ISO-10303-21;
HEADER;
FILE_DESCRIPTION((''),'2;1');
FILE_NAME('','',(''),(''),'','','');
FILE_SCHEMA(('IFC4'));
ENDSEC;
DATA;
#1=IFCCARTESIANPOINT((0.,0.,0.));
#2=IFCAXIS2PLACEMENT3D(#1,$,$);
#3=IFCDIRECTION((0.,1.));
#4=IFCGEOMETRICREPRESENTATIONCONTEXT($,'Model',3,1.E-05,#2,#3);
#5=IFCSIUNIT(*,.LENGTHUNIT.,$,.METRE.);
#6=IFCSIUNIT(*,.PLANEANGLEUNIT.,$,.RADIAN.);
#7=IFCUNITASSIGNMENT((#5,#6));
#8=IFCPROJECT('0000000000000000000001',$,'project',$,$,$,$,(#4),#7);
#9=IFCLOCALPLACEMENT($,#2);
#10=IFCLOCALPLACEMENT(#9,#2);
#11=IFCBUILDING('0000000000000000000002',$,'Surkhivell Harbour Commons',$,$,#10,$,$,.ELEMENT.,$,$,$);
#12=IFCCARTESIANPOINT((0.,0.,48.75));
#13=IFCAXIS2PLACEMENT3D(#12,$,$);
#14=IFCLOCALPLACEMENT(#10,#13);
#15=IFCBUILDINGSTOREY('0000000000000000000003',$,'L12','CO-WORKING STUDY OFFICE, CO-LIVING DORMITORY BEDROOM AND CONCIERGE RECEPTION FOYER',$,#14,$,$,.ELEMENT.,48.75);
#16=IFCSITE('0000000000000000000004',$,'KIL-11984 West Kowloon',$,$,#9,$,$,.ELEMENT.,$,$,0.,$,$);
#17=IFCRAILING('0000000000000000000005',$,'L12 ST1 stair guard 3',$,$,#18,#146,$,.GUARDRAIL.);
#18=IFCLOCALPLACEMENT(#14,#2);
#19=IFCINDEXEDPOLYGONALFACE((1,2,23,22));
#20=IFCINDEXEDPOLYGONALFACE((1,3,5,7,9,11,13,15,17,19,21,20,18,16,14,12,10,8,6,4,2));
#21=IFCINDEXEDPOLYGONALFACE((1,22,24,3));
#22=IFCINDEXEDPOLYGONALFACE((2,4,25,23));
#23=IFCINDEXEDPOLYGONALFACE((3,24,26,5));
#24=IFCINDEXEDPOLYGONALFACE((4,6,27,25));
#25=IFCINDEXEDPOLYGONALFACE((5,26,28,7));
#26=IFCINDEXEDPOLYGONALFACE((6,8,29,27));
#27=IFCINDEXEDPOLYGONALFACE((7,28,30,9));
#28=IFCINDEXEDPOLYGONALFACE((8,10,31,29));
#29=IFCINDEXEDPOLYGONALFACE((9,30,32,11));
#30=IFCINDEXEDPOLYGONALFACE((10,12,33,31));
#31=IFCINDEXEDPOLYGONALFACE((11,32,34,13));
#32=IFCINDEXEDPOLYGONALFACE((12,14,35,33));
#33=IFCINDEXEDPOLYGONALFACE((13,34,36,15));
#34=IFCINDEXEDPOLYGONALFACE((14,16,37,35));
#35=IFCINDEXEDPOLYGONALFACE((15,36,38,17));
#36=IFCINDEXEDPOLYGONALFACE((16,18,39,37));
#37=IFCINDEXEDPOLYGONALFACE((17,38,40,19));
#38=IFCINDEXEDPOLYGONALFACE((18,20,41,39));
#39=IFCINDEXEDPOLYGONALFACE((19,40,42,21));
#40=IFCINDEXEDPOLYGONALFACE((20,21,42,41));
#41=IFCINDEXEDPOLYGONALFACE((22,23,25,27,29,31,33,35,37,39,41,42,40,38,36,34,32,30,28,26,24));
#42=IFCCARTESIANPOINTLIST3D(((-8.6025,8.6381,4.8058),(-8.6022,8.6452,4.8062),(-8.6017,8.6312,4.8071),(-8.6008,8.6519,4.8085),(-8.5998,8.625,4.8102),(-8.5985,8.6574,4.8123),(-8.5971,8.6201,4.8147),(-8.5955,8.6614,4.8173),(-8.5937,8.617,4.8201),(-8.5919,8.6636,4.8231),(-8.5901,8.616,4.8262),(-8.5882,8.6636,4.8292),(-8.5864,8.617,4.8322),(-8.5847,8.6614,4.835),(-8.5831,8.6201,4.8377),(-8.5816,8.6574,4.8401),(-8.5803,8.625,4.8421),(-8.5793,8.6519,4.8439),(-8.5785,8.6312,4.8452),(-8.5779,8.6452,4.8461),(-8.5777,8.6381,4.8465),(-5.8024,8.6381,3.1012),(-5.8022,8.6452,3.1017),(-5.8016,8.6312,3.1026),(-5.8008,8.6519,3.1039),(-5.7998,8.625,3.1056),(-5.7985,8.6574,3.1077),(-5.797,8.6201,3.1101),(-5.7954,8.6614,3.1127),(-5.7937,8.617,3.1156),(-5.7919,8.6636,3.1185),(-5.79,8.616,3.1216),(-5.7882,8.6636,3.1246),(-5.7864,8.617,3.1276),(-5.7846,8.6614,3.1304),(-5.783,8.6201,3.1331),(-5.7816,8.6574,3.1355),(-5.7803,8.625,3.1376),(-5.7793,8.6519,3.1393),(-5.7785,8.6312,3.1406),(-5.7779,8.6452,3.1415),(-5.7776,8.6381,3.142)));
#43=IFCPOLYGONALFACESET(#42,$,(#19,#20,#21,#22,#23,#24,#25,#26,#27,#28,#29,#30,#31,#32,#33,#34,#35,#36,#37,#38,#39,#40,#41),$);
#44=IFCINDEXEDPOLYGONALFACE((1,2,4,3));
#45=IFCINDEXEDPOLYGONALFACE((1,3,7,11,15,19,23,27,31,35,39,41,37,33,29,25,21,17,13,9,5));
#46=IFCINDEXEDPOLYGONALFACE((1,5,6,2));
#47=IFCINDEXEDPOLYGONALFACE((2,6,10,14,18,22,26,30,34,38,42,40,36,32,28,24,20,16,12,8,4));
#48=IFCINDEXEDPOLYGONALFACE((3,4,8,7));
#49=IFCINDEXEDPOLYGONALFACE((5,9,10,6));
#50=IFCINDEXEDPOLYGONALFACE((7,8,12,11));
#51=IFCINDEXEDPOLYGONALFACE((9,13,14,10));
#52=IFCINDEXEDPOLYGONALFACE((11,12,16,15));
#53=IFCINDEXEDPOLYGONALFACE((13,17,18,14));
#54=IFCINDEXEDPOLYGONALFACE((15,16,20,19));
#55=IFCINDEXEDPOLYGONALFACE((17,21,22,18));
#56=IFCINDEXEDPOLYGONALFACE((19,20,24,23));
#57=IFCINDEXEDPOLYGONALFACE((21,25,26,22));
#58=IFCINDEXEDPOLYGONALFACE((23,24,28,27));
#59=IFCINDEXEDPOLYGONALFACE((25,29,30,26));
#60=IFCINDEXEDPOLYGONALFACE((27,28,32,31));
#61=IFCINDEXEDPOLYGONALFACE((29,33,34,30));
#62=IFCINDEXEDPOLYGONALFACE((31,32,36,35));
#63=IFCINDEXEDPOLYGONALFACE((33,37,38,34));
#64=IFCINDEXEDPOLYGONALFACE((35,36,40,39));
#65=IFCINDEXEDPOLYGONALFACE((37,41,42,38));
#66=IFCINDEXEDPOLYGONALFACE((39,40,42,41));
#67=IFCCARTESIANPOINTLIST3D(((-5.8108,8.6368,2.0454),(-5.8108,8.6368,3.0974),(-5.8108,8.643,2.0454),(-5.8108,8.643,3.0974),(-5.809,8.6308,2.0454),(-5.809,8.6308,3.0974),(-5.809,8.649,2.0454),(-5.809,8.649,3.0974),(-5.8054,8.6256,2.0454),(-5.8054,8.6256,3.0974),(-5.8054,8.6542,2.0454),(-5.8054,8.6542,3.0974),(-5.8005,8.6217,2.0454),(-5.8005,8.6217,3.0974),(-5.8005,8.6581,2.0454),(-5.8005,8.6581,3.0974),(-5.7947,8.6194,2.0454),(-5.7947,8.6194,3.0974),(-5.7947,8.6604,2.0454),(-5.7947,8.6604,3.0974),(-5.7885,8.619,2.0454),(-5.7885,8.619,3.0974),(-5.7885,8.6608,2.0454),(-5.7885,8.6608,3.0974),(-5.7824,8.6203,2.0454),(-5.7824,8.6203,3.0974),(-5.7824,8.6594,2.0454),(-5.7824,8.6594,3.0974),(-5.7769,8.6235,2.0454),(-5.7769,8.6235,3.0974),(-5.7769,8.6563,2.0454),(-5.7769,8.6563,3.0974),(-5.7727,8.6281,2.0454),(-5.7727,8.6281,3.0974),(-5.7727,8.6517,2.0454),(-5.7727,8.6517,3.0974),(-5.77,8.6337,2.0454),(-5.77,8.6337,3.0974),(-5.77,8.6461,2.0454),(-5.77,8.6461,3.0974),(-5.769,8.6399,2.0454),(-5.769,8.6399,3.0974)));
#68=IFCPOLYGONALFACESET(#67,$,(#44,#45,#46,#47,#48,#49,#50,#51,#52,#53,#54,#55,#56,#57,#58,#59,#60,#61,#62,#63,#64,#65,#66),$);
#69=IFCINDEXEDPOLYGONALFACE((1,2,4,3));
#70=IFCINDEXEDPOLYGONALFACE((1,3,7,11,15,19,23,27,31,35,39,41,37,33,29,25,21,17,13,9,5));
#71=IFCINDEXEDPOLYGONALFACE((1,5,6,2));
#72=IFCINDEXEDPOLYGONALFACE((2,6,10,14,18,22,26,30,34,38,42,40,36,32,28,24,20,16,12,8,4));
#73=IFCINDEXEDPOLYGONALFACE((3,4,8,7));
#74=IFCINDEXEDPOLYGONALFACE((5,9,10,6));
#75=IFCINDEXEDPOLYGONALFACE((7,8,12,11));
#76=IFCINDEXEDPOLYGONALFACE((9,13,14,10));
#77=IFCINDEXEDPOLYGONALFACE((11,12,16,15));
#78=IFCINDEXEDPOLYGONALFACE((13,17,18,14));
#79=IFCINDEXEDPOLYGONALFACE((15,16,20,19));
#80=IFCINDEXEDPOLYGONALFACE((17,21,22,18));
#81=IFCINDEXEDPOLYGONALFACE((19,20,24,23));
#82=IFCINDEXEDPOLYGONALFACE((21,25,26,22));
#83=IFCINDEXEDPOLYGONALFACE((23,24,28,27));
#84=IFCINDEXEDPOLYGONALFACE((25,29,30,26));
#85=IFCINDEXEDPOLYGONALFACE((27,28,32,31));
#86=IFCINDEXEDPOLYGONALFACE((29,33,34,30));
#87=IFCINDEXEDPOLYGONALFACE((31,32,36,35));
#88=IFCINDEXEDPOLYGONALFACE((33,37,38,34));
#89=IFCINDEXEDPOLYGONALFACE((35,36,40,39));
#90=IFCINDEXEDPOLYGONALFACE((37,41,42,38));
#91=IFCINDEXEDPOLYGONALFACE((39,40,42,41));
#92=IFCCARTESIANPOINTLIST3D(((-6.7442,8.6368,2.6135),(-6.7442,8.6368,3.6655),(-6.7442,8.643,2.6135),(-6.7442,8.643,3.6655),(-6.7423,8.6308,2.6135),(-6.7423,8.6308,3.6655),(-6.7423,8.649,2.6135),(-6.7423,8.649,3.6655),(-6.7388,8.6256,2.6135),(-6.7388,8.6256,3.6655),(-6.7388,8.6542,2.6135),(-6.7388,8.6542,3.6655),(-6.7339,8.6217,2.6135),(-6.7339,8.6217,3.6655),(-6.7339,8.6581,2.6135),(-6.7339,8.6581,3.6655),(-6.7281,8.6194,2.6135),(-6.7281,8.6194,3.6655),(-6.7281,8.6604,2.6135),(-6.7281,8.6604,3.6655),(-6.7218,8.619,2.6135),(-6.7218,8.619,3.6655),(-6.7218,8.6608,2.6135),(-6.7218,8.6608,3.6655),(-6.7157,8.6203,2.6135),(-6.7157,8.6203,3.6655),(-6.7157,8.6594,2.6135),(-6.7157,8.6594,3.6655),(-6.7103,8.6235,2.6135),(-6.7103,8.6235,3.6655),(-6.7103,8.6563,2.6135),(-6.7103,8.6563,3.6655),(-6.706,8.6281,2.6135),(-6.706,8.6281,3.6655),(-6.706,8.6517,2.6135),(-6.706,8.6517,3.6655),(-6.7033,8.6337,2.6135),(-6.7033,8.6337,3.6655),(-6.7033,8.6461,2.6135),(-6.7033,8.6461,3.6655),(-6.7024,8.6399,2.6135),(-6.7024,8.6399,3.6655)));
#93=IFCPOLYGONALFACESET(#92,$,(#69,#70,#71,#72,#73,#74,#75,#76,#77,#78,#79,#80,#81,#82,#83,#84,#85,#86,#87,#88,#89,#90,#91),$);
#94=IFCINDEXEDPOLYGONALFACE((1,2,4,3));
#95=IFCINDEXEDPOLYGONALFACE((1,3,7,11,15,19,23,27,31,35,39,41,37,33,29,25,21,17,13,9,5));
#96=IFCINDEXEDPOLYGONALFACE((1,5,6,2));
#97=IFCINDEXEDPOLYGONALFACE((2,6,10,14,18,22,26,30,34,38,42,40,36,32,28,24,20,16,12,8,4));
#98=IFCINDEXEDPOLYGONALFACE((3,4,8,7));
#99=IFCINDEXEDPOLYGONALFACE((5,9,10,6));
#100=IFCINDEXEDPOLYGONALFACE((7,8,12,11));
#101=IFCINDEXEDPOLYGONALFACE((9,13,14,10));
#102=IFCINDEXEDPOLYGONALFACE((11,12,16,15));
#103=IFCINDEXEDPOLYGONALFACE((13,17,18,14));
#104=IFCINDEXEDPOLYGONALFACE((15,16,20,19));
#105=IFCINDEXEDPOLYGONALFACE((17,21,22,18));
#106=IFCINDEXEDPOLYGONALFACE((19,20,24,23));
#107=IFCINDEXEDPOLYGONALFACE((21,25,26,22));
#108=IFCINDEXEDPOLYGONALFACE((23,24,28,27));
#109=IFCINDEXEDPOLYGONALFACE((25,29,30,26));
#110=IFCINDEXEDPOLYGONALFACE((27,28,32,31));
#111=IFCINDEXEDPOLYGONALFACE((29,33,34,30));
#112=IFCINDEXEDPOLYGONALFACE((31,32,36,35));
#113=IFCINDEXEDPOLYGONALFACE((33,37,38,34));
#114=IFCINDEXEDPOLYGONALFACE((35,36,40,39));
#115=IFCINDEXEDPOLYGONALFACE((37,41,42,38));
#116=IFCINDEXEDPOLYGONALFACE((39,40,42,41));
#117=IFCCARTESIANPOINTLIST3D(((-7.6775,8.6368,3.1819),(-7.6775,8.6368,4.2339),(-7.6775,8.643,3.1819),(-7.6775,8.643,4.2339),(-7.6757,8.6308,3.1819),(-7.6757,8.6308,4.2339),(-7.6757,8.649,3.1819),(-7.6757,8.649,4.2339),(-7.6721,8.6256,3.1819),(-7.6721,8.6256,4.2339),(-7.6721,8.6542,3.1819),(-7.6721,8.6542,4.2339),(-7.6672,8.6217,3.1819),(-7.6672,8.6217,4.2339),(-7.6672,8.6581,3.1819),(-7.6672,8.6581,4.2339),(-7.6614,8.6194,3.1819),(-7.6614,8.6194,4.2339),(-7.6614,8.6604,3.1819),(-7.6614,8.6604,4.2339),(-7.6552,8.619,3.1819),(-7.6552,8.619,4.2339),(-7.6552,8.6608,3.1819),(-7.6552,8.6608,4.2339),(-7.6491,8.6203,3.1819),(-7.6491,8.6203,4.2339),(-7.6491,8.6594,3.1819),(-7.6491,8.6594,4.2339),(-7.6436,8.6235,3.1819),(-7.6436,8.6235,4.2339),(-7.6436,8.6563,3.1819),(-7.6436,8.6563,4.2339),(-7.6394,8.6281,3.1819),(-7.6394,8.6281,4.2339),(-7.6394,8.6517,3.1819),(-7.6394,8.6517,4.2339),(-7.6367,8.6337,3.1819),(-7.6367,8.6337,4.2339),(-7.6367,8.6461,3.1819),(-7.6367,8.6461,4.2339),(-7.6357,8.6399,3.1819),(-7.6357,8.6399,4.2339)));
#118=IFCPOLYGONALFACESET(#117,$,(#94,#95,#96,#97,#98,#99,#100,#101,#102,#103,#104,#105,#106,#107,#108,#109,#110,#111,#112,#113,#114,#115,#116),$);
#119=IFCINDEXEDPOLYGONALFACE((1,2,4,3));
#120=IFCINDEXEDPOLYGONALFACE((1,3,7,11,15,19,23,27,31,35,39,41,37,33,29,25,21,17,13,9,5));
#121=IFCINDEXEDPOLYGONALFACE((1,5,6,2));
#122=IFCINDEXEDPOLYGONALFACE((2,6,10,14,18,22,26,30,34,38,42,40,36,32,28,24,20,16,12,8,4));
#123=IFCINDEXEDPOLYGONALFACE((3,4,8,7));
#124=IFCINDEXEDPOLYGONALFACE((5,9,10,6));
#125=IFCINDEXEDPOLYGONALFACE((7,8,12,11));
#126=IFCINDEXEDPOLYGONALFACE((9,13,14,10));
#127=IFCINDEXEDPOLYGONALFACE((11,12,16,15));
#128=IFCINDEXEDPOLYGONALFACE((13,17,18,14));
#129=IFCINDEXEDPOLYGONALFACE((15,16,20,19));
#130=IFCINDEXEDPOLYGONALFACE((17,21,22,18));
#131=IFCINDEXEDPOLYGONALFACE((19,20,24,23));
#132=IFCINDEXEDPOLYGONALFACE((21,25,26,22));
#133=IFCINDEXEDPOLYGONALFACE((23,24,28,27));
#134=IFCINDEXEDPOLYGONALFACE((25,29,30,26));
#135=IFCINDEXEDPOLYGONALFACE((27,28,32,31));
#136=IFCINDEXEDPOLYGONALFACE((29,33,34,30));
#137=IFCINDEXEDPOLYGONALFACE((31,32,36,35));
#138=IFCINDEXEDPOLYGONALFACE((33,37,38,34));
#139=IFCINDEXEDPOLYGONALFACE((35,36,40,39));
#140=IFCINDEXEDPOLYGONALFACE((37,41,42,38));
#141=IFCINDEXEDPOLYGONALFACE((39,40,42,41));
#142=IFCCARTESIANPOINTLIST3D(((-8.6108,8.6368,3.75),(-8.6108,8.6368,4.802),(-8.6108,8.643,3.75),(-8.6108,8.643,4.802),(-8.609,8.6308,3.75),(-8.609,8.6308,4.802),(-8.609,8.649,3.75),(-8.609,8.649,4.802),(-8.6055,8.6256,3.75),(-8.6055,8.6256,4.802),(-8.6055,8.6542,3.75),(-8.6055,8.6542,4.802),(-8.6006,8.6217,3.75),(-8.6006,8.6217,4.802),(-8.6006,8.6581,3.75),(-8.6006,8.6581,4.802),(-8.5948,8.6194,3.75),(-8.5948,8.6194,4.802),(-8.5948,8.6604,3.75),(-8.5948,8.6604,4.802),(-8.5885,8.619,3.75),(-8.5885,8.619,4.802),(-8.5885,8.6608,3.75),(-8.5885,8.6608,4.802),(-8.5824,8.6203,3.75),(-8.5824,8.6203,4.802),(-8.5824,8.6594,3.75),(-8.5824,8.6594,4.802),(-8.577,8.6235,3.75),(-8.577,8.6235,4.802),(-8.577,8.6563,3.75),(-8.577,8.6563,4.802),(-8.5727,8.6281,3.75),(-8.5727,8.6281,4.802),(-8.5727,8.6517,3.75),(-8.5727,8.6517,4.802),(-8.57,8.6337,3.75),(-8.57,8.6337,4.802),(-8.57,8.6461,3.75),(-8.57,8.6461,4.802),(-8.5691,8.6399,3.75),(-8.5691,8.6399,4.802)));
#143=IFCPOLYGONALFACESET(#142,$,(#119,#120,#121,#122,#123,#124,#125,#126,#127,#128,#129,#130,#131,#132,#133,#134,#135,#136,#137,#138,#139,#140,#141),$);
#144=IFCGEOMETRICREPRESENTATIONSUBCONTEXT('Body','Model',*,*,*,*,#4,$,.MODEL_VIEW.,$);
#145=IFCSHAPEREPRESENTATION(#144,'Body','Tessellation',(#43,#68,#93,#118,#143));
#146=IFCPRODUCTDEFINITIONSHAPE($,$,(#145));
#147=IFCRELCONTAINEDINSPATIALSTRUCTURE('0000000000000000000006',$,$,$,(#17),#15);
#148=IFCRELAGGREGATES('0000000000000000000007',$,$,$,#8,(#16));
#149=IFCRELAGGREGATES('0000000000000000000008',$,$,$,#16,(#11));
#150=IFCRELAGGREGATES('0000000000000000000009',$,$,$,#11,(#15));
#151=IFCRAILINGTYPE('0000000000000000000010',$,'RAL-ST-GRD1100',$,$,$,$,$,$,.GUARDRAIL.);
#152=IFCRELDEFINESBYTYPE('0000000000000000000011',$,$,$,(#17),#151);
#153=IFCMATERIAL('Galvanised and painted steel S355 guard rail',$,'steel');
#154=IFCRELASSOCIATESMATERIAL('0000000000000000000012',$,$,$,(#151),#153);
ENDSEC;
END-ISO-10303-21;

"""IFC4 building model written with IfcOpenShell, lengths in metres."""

from ifc_helpers import new_model, si_unit, direction, frame, origin, origin_2d, place, context, subcontext, project, spatial, circle, extrude, material, type_object, element, save


model = new_model("IFC4")

# Units and contexts
model_context = context("Model", 3, precision=1e-05, world=origin(), true_north=direction((0.0, 1.0)))
body_context = subcontext(model_context, "Body", "Model", "MODEL_VIEW")
ifc_project = project(units=[si_unit("LENGTHUNIT", "METRE"), si_unit("PLANEANGLEUNIT", "RADIAN")], contexts=[model_context])

# Site, building, storey
site_placement = place(None, origin())
site = spatial("IfcSite", under=ifc_project, at=site_placement, Name="KIL-11984 West Kowloon", CompositionType="ELEMENT", RefElevation=0.0)
building_placement = place(site_placement, origin())
building = spatial("IfcBuilding", under=site, at=building_placement, Name="Surkhivell Harbour Commons", CompositionType="ELEMENT")
storey_placement = place(building_placement, frame((0.0, 0.0, 48.75)))
storey = spatial("IfcBuildingStorey", under=building, at=storey_placement, Name="L12", Description="CO-WORKING STUDY OFFICE, CO-LIVING DORMITORY BEDROOM AND CONCIERGE RECEPTION FOYER", CompositionType="ELEMENT", Elevation=48.75)

# Railing
ifc_material_1 = material(Name="Galvanised and painted steel S355 guard rail", Category="steel")
railing_type_1 = type_object("IfcRailingType", Name="RAL-ST-GRD1100", PredefinedType="GUARDRAIL", material=ifc_material_1)
railing_1_placement = place(storey_placement, frame((-5.79, 8.6399, 2.0454)))
element("IfcRailing", 1, at=railing_1_placement, inside=storey, type_object=railing_type_1, Name="L12 ST1 stair guard 3", PredefinedType="GUARDRAIL", context=body_context, shape_type="SweptSolid", body=[
    extrude(circle(Radius=0.0239, at=origin_2d()), frame((0.0, 0.0, 1.0762), z_axis=(-0.85417, 0.0, 0.519994), x_axis=(0.0, -1.0, 0.0)), (0.0, 0.0, 1.0), 3.2781),
    extrude(circle(Radius=0.021, at=origin_2d()), origin(), (0.0, 0.0, 1.0), 1.052),
    extrude(circle(Radius=0.021, at=origin_2d()), frame((-0.9333, 0.0, 0.5681)), (0.0, 0.0, 1.0), 1.052),
    extrude(circle(Radius=0.021, at=origin_2d()), frame((-1.8667, 0.0, 1.1365)), (0.0, 0.0, 1.0), 1.052),
    extrude(circle(Radius=0.021, at=origin_2d()), frame((-2.8, 0.0, 1.7046)), (0.0, 0.0, 1.0), 1.052),
])

save(model, "model.ifc")
